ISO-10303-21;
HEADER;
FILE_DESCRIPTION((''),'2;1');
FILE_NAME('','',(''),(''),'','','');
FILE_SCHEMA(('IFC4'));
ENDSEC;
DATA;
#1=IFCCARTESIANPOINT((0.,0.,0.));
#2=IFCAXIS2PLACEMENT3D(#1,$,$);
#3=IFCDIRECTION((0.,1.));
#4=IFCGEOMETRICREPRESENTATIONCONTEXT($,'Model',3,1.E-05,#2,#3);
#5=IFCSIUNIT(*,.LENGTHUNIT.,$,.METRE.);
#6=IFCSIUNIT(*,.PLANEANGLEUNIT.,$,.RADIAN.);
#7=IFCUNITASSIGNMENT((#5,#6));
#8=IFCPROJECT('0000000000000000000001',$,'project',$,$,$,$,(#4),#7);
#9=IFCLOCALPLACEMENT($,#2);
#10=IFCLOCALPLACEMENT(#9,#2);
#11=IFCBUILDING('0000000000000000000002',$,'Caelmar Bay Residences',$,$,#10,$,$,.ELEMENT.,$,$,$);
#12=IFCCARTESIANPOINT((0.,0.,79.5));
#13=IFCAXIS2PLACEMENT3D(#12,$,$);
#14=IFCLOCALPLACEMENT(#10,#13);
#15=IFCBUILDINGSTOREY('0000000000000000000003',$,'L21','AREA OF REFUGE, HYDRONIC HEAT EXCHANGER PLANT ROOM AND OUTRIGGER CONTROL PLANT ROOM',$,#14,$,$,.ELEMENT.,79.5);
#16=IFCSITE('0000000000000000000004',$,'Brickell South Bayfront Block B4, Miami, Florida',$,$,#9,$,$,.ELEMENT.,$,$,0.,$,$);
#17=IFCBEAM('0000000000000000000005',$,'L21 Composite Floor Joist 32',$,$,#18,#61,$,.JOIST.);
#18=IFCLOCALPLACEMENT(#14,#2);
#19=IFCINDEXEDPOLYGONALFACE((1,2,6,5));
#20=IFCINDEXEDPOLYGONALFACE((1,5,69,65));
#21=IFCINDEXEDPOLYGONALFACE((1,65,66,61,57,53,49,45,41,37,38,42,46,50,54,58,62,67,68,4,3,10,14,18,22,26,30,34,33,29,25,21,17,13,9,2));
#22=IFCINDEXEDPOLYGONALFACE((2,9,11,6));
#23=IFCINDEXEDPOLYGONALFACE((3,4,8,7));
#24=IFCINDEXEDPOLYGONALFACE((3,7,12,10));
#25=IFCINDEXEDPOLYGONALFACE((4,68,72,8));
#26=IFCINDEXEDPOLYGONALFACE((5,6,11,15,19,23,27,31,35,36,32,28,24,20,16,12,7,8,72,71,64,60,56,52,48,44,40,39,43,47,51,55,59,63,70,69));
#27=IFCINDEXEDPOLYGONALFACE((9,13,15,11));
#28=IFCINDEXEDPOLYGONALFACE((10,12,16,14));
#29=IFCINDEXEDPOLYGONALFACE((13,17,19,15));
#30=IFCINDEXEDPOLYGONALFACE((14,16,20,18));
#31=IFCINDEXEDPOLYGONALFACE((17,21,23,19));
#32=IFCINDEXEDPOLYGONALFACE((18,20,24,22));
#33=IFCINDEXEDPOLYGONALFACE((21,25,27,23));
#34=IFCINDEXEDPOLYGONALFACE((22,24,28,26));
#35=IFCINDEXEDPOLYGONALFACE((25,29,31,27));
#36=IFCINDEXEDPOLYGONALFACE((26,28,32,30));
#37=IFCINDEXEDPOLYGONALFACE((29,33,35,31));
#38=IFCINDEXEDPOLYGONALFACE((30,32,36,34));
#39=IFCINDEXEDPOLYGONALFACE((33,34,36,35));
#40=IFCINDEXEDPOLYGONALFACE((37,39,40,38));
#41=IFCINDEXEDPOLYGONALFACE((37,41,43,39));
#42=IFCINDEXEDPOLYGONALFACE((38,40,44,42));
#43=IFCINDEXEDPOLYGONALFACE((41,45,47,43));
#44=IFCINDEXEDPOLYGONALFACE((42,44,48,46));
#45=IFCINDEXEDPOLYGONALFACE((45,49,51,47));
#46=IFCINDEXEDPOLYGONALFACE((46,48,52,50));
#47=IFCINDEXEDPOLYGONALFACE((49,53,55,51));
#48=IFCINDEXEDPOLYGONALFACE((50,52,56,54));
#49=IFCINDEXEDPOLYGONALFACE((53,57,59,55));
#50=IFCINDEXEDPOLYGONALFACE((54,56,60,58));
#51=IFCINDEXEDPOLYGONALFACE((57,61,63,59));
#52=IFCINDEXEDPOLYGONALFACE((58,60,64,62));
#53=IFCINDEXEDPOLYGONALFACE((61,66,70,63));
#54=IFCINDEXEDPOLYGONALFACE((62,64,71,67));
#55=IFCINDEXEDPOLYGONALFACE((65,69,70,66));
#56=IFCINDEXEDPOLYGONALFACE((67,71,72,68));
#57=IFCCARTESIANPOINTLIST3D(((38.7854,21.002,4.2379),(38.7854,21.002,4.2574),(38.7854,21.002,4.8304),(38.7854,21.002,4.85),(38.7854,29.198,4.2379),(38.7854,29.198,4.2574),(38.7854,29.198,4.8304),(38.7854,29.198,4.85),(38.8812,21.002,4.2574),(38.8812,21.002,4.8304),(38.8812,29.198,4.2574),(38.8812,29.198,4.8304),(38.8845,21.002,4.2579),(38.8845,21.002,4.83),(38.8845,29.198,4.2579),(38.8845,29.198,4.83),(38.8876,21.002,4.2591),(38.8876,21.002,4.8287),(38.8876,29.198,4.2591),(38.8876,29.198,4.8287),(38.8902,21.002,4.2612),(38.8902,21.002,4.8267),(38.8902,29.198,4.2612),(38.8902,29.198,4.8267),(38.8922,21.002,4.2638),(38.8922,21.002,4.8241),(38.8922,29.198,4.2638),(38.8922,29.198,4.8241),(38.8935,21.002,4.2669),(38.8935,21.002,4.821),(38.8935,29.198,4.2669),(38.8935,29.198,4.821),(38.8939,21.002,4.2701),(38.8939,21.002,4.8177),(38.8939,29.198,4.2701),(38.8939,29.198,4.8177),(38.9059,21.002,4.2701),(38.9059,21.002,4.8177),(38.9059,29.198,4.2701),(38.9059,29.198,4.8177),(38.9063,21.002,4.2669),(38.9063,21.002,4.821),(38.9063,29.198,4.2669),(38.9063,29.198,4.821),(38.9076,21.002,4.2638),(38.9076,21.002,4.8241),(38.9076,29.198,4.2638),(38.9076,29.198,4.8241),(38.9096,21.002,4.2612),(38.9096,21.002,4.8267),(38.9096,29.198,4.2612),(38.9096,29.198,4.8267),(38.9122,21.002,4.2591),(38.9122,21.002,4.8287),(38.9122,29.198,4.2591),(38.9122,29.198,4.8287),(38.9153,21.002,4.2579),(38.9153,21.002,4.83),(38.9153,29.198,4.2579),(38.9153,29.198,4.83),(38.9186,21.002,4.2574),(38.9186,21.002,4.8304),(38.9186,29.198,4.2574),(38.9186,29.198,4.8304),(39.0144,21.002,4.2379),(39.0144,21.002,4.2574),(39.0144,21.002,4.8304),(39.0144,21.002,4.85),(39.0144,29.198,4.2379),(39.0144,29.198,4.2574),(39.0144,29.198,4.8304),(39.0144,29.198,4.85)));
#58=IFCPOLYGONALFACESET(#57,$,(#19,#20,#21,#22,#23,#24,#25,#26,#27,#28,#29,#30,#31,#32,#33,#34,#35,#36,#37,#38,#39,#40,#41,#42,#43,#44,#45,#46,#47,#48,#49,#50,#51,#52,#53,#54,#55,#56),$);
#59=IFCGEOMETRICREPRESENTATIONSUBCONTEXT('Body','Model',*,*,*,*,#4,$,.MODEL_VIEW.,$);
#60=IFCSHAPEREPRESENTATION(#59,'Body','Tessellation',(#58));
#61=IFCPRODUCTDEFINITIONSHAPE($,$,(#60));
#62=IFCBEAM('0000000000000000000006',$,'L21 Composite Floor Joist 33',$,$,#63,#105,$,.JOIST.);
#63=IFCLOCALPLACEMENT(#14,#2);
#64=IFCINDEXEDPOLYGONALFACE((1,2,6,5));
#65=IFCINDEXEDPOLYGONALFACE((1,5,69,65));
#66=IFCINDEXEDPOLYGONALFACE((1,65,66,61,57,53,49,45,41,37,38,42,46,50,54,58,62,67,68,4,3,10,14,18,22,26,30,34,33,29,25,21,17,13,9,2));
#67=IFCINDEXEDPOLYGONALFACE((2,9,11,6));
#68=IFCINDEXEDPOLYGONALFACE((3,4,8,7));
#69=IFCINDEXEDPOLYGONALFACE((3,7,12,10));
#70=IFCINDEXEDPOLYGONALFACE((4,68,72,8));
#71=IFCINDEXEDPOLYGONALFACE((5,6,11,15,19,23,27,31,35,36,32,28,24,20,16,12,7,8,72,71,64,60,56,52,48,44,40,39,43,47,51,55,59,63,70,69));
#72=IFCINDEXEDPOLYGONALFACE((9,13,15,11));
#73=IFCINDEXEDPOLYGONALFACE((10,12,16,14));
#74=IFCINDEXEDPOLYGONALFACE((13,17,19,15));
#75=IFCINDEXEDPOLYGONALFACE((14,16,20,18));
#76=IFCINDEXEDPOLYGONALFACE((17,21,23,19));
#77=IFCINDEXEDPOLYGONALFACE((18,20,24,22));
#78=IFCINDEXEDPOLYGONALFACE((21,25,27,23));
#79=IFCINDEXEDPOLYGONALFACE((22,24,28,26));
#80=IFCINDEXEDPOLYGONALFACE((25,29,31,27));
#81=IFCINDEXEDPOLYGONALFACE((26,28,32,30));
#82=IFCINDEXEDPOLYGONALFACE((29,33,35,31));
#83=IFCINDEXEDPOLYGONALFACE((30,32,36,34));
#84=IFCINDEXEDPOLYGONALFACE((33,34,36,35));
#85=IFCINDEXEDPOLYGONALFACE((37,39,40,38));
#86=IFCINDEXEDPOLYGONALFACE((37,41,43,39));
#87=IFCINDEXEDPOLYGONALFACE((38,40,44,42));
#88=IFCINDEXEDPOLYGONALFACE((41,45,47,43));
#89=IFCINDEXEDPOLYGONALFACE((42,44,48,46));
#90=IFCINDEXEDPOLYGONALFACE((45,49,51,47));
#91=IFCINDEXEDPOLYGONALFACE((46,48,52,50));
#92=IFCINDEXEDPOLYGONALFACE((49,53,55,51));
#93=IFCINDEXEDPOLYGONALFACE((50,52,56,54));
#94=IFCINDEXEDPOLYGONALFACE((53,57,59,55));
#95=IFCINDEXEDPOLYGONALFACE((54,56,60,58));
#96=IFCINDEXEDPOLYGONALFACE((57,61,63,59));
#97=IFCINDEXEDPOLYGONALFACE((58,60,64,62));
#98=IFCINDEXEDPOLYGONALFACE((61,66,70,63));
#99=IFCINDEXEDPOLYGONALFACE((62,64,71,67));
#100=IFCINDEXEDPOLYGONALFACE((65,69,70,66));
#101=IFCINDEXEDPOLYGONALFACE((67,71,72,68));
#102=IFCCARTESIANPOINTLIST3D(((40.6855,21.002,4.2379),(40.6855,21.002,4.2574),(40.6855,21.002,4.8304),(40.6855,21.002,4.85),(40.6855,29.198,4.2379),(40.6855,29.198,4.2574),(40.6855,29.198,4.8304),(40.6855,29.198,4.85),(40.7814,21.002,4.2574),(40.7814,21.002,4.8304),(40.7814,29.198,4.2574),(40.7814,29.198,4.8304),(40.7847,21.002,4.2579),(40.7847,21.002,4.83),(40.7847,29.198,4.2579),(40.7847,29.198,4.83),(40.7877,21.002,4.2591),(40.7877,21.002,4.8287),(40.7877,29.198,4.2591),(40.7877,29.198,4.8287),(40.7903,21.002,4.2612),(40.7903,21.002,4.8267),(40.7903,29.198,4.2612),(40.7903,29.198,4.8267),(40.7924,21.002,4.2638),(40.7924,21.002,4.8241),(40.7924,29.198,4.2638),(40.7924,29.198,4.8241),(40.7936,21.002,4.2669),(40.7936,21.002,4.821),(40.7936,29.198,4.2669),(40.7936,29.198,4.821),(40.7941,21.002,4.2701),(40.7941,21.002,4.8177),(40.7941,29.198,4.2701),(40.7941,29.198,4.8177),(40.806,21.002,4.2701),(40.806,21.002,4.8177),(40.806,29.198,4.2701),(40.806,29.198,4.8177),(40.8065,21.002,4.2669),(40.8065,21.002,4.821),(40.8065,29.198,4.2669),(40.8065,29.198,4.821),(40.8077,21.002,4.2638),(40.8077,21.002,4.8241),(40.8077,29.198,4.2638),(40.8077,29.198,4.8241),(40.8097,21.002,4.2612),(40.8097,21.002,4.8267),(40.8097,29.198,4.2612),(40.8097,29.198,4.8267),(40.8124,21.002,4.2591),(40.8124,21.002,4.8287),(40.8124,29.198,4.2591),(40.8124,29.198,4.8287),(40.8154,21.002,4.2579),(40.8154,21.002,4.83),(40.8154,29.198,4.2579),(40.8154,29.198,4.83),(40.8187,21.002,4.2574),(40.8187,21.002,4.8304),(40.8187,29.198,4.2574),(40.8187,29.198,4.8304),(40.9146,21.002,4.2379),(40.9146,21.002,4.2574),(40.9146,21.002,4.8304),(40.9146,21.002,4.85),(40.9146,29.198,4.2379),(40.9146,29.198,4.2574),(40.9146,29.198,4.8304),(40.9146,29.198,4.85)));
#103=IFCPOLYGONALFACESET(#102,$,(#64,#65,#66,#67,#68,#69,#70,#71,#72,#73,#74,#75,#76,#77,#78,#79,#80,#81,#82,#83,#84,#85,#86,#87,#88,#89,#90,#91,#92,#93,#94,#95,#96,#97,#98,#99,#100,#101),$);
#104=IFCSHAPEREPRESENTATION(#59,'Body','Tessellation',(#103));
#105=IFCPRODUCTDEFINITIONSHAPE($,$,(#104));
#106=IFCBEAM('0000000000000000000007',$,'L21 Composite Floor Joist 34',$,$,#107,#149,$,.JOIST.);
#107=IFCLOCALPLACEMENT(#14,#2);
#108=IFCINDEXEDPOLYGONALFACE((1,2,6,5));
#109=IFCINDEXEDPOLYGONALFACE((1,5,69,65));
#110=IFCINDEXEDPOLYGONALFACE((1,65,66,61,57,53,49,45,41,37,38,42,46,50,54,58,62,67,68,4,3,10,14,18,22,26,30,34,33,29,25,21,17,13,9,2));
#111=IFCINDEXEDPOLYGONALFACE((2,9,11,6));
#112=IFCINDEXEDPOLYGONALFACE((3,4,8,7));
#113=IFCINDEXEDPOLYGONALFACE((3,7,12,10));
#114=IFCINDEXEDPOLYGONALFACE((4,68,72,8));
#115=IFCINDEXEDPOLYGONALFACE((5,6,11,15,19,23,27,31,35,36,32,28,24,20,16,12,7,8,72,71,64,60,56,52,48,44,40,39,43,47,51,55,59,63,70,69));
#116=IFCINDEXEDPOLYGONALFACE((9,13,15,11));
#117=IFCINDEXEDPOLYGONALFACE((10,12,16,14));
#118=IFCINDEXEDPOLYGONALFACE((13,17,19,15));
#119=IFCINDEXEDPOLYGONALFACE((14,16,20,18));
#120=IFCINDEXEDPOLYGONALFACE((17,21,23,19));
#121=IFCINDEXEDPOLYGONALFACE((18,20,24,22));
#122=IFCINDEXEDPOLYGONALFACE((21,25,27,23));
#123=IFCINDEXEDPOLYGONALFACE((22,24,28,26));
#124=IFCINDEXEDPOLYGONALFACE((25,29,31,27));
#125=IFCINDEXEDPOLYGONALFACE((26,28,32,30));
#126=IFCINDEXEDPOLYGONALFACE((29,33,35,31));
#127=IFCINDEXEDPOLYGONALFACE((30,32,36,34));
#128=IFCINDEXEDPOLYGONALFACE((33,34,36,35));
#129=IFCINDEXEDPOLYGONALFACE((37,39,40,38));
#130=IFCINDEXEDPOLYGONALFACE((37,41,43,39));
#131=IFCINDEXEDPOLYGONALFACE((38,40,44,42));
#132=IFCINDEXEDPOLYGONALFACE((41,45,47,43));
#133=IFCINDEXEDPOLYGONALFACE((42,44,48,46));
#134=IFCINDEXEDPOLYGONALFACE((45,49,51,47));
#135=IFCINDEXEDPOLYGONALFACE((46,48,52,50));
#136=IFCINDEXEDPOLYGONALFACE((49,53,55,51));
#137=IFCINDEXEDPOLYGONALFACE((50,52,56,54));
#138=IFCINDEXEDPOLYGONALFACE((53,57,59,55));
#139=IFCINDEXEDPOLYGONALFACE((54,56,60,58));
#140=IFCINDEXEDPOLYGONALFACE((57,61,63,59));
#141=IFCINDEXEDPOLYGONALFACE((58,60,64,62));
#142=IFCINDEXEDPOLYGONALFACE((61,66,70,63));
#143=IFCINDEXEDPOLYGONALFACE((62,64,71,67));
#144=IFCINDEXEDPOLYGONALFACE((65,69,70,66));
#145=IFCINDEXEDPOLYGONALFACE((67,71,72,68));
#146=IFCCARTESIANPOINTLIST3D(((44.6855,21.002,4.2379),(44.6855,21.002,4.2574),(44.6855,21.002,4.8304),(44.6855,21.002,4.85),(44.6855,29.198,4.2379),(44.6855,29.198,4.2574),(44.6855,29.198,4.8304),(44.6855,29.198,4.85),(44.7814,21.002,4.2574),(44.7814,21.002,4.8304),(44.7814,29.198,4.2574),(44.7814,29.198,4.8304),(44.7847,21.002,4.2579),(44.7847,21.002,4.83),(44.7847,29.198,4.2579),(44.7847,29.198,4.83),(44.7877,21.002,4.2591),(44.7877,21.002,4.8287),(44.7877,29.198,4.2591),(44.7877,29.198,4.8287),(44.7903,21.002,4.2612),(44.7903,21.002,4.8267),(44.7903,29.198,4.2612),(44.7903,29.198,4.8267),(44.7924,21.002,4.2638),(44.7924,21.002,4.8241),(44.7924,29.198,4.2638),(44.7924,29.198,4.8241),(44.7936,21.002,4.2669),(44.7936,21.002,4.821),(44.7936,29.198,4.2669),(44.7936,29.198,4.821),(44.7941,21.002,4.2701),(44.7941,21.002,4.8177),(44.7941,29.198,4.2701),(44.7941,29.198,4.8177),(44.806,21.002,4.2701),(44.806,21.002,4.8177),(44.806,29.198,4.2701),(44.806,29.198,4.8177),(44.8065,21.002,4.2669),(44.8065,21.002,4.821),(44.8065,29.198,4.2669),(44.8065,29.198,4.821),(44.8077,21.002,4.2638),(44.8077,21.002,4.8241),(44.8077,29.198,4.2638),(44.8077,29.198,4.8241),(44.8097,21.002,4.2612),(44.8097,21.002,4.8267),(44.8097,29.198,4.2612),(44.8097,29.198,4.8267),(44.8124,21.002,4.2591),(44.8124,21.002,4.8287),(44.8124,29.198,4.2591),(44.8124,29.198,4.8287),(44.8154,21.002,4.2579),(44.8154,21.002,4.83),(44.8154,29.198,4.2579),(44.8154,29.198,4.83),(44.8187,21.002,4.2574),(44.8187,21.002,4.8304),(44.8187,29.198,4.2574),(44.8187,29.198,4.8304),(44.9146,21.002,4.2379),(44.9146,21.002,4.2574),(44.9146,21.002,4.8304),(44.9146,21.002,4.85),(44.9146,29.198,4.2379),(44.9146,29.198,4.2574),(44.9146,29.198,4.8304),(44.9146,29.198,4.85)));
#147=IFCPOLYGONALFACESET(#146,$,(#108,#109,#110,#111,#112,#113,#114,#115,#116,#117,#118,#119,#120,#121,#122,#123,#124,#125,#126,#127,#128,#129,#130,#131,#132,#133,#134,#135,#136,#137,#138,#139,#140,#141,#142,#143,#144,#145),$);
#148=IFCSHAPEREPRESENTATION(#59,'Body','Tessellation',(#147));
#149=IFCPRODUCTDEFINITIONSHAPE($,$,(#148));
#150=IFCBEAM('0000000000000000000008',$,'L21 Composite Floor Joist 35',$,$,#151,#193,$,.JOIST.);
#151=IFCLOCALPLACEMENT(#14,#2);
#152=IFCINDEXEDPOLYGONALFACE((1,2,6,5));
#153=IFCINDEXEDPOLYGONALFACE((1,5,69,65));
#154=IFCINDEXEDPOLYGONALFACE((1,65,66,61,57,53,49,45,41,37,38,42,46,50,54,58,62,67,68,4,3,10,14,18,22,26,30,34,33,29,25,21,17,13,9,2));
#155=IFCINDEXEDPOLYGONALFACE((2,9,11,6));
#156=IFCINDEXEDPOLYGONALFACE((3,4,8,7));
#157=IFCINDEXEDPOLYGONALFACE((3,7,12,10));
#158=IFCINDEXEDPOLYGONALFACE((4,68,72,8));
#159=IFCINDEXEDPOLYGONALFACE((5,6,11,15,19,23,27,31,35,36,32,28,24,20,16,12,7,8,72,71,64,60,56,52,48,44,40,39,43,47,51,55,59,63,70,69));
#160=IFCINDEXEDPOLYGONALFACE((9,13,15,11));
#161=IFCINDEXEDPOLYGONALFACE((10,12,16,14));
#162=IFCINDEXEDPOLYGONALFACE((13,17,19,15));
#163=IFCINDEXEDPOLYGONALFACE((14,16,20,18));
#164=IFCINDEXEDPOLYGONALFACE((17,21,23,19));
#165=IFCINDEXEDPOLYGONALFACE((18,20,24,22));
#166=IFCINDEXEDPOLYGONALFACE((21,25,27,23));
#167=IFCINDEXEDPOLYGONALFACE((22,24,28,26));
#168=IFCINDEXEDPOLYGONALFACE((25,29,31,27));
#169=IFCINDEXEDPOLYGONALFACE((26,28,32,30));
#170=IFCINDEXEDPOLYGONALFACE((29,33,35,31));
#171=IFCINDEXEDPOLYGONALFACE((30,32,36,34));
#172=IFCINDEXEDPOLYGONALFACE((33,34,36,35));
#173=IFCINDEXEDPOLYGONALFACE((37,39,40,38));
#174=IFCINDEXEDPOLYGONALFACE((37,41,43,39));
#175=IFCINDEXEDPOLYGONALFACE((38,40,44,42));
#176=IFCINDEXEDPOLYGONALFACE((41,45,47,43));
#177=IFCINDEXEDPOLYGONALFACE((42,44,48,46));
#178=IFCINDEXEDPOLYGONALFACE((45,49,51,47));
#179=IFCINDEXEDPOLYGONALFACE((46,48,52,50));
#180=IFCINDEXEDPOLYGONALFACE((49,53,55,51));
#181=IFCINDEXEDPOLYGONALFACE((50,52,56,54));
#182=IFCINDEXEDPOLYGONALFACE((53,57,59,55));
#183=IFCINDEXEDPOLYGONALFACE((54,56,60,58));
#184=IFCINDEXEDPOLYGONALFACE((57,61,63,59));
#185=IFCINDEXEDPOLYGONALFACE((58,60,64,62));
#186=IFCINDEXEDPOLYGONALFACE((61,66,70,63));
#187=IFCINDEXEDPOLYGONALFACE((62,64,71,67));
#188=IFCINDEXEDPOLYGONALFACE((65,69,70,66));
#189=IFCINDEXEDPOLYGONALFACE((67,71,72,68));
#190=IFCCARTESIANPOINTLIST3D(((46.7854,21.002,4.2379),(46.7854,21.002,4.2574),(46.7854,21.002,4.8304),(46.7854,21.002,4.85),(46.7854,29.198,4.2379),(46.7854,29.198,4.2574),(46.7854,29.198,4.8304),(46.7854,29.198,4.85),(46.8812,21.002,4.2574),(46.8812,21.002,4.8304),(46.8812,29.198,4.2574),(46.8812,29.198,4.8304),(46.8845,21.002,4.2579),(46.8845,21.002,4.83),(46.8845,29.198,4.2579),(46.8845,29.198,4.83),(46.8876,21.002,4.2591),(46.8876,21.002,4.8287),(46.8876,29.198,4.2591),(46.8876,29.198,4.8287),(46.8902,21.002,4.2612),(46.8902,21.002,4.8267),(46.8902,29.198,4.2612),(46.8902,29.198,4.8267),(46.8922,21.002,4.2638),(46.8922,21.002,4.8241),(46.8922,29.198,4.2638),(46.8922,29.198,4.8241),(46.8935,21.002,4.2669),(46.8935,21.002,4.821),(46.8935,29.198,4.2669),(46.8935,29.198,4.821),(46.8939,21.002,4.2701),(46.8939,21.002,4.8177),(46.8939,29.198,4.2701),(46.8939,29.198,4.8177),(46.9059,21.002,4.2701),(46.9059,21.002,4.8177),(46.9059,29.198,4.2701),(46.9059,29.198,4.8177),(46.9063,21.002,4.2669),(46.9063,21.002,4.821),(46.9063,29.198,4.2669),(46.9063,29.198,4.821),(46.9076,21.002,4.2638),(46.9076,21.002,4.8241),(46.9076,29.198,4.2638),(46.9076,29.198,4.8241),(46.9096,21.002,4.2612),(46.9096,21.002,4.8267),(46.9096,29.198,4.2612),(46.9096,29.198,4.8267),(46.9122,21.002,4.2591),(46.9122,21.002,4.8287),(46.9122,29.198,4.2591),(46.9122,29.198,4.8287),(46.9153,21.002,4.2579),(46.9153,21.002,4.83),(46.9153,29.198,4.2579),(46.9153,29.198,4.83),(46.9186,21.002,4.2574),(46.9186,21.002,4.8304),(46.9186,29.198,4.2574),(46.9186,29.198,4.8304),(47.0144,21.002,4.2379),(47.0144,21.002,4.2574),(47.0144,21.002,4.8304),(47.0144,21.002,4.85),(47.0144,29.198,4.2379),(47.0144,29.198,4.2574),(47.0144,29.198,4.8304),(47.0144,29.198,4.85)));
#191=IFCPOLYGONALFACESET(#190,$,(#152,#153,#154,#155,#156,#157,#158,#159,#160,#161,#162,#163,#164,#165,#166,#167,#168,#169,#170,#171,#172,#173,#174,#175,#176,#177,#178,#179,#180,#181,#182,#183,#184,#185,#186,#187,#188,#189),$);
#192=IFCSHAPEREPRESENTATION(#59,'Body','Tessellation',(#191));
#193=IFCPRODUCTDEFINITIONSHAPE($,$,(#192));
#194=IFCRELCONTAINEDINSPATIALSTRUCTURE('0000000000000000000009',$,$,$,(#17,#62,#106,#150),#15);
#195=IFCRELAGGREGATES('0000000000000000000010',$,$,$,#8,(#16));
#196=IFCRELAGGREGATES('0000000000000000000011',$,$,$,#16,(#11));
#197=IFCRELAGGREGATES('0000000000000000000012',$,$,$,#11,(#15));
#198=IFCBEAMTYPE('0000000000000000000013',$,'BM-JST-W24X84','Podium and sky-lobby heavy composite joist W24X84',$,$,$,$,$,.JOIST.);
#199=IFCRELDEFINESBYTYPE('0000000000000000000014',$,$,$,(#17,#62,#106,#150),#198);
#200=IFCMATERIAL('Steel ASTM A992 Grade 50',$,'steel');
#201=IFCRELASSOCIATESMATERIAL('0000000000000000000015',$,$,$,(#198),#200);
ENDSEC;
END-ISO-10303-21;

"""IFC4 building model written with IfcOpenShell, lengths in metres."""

from ifc_helpers import new_model, si_unit, direction, frame, origin, origin_2d, place, context, subcontext, project, spatial, i_section, extrude, material, material_profile, profile_set, type_object, element, save


model = new_model("IFC4")

# Units and contexts
model_context = context("Model", 3, precision=1e-05, world=origin(), true_north=direction((0.0, 1.0)))
body_context = subcontext(model_context, "Body", "Model", "MODEL_VIEW")
ifc_project = project(units=[si_unit("LENGTHUNIT", "METRE"), si_unit("PLANEANGLEUNIT", "RADIAN")], contexts=[model_context])

# Site, building, storey
site_placement = place(None, origin())
site = spatial("IfcSite", under=ifc_project, at=site_placement, Name="Brickell South Bayfront Block B4, Miami, Florida", CompositionType="ELEMENT", RefElevation=0.0)
building_placement = place(site_placement, origin())
building = spatial("IfcBuilding", under=site, at=building_placement, Name="Caelmar Bay Residences", CompositionType="ELEMENT")
storey_placement = place(building_placement, frame((0.0, 0.0, 79.5)))
storey = spatial("IfcBuildingStorey", under=building, at=storey_placement, Name="L21", Description="AREA OF REFUGE, HYDRONIC HEAT EXCHANGER PLANT ROOM AND OUTRIGGER CONTROL PLANT ROOM", CompositionType="ELEMENT", Elevation=79.5)

# Beams
ifc_material_1 = material(Name="Steel ASTM A992 Grade 50", Category="steel")
ifc_material_profile_1 = material_profile(ifc_material_1, i_section(OverallWidth=0.229, OverallDepth=0.6121, WebThickness=0.012, FlangeThickness=0.0195, FilletRadius=0.0127, at=origin_2d()), Name="W24X84")
ifc_profile_set_1 = profile_set([ifc_material_profile_1], Name="Steel ASTM A992 Grade 50")
beam_type_1 = type_object("IfcBeamType", Name="BM-JST-W24X84", Description="Podium and sky-lobby heavy composite joist W24X84", PredefinedType="JOIST", material=ifc_profile_set_1)
for number, where, z_axis, x_axis, name in (
    (1, (38.8999, 21.002, 4.5439), (0.0, 1.0, 0.0), (-1.0, 0.0, 0.0), "L21 Composite Floor Joist 32"),
    (2, (40.8, 21.002, 4.5439), (0.0, 1.0, 0.0), (-1.0, 0.0, 0.0), "L21 Composite Floor Joist 33"),
    (3, (44.8, 21.002, 4.5439), (0.0, 1.0, 0.0), (-1.0, 0.0, 0.0), "L21 Composite Floor Joist 34"),
    (4, (46.8999, 21.002, 4.5439), (0.0, 1.0, 0.0), (-1.0, 0.0, 0.0), "L21 Composite Floor Joist 35"),
):
    element("IfcBeam", number, at=place(storey_placement, frame(where, z_axis=z_axis, x_axis=x_axis)), inside=storey, type_object=beam_type_1, Name=name, PredefinedType="JOIST", context=body_context, shape_type="SweptSolid", body=[
        extrude(i_section(OverallWidth=0.229, OverallDepth=0.6121, WebThickness=0.012, FlangeThickness=0.0195, FilletRadius=0.0127, at=origin_2d()), origin(), (0.0, 0.0, 1.0), 8.196),
    ])

save(model, "model.ifc")
